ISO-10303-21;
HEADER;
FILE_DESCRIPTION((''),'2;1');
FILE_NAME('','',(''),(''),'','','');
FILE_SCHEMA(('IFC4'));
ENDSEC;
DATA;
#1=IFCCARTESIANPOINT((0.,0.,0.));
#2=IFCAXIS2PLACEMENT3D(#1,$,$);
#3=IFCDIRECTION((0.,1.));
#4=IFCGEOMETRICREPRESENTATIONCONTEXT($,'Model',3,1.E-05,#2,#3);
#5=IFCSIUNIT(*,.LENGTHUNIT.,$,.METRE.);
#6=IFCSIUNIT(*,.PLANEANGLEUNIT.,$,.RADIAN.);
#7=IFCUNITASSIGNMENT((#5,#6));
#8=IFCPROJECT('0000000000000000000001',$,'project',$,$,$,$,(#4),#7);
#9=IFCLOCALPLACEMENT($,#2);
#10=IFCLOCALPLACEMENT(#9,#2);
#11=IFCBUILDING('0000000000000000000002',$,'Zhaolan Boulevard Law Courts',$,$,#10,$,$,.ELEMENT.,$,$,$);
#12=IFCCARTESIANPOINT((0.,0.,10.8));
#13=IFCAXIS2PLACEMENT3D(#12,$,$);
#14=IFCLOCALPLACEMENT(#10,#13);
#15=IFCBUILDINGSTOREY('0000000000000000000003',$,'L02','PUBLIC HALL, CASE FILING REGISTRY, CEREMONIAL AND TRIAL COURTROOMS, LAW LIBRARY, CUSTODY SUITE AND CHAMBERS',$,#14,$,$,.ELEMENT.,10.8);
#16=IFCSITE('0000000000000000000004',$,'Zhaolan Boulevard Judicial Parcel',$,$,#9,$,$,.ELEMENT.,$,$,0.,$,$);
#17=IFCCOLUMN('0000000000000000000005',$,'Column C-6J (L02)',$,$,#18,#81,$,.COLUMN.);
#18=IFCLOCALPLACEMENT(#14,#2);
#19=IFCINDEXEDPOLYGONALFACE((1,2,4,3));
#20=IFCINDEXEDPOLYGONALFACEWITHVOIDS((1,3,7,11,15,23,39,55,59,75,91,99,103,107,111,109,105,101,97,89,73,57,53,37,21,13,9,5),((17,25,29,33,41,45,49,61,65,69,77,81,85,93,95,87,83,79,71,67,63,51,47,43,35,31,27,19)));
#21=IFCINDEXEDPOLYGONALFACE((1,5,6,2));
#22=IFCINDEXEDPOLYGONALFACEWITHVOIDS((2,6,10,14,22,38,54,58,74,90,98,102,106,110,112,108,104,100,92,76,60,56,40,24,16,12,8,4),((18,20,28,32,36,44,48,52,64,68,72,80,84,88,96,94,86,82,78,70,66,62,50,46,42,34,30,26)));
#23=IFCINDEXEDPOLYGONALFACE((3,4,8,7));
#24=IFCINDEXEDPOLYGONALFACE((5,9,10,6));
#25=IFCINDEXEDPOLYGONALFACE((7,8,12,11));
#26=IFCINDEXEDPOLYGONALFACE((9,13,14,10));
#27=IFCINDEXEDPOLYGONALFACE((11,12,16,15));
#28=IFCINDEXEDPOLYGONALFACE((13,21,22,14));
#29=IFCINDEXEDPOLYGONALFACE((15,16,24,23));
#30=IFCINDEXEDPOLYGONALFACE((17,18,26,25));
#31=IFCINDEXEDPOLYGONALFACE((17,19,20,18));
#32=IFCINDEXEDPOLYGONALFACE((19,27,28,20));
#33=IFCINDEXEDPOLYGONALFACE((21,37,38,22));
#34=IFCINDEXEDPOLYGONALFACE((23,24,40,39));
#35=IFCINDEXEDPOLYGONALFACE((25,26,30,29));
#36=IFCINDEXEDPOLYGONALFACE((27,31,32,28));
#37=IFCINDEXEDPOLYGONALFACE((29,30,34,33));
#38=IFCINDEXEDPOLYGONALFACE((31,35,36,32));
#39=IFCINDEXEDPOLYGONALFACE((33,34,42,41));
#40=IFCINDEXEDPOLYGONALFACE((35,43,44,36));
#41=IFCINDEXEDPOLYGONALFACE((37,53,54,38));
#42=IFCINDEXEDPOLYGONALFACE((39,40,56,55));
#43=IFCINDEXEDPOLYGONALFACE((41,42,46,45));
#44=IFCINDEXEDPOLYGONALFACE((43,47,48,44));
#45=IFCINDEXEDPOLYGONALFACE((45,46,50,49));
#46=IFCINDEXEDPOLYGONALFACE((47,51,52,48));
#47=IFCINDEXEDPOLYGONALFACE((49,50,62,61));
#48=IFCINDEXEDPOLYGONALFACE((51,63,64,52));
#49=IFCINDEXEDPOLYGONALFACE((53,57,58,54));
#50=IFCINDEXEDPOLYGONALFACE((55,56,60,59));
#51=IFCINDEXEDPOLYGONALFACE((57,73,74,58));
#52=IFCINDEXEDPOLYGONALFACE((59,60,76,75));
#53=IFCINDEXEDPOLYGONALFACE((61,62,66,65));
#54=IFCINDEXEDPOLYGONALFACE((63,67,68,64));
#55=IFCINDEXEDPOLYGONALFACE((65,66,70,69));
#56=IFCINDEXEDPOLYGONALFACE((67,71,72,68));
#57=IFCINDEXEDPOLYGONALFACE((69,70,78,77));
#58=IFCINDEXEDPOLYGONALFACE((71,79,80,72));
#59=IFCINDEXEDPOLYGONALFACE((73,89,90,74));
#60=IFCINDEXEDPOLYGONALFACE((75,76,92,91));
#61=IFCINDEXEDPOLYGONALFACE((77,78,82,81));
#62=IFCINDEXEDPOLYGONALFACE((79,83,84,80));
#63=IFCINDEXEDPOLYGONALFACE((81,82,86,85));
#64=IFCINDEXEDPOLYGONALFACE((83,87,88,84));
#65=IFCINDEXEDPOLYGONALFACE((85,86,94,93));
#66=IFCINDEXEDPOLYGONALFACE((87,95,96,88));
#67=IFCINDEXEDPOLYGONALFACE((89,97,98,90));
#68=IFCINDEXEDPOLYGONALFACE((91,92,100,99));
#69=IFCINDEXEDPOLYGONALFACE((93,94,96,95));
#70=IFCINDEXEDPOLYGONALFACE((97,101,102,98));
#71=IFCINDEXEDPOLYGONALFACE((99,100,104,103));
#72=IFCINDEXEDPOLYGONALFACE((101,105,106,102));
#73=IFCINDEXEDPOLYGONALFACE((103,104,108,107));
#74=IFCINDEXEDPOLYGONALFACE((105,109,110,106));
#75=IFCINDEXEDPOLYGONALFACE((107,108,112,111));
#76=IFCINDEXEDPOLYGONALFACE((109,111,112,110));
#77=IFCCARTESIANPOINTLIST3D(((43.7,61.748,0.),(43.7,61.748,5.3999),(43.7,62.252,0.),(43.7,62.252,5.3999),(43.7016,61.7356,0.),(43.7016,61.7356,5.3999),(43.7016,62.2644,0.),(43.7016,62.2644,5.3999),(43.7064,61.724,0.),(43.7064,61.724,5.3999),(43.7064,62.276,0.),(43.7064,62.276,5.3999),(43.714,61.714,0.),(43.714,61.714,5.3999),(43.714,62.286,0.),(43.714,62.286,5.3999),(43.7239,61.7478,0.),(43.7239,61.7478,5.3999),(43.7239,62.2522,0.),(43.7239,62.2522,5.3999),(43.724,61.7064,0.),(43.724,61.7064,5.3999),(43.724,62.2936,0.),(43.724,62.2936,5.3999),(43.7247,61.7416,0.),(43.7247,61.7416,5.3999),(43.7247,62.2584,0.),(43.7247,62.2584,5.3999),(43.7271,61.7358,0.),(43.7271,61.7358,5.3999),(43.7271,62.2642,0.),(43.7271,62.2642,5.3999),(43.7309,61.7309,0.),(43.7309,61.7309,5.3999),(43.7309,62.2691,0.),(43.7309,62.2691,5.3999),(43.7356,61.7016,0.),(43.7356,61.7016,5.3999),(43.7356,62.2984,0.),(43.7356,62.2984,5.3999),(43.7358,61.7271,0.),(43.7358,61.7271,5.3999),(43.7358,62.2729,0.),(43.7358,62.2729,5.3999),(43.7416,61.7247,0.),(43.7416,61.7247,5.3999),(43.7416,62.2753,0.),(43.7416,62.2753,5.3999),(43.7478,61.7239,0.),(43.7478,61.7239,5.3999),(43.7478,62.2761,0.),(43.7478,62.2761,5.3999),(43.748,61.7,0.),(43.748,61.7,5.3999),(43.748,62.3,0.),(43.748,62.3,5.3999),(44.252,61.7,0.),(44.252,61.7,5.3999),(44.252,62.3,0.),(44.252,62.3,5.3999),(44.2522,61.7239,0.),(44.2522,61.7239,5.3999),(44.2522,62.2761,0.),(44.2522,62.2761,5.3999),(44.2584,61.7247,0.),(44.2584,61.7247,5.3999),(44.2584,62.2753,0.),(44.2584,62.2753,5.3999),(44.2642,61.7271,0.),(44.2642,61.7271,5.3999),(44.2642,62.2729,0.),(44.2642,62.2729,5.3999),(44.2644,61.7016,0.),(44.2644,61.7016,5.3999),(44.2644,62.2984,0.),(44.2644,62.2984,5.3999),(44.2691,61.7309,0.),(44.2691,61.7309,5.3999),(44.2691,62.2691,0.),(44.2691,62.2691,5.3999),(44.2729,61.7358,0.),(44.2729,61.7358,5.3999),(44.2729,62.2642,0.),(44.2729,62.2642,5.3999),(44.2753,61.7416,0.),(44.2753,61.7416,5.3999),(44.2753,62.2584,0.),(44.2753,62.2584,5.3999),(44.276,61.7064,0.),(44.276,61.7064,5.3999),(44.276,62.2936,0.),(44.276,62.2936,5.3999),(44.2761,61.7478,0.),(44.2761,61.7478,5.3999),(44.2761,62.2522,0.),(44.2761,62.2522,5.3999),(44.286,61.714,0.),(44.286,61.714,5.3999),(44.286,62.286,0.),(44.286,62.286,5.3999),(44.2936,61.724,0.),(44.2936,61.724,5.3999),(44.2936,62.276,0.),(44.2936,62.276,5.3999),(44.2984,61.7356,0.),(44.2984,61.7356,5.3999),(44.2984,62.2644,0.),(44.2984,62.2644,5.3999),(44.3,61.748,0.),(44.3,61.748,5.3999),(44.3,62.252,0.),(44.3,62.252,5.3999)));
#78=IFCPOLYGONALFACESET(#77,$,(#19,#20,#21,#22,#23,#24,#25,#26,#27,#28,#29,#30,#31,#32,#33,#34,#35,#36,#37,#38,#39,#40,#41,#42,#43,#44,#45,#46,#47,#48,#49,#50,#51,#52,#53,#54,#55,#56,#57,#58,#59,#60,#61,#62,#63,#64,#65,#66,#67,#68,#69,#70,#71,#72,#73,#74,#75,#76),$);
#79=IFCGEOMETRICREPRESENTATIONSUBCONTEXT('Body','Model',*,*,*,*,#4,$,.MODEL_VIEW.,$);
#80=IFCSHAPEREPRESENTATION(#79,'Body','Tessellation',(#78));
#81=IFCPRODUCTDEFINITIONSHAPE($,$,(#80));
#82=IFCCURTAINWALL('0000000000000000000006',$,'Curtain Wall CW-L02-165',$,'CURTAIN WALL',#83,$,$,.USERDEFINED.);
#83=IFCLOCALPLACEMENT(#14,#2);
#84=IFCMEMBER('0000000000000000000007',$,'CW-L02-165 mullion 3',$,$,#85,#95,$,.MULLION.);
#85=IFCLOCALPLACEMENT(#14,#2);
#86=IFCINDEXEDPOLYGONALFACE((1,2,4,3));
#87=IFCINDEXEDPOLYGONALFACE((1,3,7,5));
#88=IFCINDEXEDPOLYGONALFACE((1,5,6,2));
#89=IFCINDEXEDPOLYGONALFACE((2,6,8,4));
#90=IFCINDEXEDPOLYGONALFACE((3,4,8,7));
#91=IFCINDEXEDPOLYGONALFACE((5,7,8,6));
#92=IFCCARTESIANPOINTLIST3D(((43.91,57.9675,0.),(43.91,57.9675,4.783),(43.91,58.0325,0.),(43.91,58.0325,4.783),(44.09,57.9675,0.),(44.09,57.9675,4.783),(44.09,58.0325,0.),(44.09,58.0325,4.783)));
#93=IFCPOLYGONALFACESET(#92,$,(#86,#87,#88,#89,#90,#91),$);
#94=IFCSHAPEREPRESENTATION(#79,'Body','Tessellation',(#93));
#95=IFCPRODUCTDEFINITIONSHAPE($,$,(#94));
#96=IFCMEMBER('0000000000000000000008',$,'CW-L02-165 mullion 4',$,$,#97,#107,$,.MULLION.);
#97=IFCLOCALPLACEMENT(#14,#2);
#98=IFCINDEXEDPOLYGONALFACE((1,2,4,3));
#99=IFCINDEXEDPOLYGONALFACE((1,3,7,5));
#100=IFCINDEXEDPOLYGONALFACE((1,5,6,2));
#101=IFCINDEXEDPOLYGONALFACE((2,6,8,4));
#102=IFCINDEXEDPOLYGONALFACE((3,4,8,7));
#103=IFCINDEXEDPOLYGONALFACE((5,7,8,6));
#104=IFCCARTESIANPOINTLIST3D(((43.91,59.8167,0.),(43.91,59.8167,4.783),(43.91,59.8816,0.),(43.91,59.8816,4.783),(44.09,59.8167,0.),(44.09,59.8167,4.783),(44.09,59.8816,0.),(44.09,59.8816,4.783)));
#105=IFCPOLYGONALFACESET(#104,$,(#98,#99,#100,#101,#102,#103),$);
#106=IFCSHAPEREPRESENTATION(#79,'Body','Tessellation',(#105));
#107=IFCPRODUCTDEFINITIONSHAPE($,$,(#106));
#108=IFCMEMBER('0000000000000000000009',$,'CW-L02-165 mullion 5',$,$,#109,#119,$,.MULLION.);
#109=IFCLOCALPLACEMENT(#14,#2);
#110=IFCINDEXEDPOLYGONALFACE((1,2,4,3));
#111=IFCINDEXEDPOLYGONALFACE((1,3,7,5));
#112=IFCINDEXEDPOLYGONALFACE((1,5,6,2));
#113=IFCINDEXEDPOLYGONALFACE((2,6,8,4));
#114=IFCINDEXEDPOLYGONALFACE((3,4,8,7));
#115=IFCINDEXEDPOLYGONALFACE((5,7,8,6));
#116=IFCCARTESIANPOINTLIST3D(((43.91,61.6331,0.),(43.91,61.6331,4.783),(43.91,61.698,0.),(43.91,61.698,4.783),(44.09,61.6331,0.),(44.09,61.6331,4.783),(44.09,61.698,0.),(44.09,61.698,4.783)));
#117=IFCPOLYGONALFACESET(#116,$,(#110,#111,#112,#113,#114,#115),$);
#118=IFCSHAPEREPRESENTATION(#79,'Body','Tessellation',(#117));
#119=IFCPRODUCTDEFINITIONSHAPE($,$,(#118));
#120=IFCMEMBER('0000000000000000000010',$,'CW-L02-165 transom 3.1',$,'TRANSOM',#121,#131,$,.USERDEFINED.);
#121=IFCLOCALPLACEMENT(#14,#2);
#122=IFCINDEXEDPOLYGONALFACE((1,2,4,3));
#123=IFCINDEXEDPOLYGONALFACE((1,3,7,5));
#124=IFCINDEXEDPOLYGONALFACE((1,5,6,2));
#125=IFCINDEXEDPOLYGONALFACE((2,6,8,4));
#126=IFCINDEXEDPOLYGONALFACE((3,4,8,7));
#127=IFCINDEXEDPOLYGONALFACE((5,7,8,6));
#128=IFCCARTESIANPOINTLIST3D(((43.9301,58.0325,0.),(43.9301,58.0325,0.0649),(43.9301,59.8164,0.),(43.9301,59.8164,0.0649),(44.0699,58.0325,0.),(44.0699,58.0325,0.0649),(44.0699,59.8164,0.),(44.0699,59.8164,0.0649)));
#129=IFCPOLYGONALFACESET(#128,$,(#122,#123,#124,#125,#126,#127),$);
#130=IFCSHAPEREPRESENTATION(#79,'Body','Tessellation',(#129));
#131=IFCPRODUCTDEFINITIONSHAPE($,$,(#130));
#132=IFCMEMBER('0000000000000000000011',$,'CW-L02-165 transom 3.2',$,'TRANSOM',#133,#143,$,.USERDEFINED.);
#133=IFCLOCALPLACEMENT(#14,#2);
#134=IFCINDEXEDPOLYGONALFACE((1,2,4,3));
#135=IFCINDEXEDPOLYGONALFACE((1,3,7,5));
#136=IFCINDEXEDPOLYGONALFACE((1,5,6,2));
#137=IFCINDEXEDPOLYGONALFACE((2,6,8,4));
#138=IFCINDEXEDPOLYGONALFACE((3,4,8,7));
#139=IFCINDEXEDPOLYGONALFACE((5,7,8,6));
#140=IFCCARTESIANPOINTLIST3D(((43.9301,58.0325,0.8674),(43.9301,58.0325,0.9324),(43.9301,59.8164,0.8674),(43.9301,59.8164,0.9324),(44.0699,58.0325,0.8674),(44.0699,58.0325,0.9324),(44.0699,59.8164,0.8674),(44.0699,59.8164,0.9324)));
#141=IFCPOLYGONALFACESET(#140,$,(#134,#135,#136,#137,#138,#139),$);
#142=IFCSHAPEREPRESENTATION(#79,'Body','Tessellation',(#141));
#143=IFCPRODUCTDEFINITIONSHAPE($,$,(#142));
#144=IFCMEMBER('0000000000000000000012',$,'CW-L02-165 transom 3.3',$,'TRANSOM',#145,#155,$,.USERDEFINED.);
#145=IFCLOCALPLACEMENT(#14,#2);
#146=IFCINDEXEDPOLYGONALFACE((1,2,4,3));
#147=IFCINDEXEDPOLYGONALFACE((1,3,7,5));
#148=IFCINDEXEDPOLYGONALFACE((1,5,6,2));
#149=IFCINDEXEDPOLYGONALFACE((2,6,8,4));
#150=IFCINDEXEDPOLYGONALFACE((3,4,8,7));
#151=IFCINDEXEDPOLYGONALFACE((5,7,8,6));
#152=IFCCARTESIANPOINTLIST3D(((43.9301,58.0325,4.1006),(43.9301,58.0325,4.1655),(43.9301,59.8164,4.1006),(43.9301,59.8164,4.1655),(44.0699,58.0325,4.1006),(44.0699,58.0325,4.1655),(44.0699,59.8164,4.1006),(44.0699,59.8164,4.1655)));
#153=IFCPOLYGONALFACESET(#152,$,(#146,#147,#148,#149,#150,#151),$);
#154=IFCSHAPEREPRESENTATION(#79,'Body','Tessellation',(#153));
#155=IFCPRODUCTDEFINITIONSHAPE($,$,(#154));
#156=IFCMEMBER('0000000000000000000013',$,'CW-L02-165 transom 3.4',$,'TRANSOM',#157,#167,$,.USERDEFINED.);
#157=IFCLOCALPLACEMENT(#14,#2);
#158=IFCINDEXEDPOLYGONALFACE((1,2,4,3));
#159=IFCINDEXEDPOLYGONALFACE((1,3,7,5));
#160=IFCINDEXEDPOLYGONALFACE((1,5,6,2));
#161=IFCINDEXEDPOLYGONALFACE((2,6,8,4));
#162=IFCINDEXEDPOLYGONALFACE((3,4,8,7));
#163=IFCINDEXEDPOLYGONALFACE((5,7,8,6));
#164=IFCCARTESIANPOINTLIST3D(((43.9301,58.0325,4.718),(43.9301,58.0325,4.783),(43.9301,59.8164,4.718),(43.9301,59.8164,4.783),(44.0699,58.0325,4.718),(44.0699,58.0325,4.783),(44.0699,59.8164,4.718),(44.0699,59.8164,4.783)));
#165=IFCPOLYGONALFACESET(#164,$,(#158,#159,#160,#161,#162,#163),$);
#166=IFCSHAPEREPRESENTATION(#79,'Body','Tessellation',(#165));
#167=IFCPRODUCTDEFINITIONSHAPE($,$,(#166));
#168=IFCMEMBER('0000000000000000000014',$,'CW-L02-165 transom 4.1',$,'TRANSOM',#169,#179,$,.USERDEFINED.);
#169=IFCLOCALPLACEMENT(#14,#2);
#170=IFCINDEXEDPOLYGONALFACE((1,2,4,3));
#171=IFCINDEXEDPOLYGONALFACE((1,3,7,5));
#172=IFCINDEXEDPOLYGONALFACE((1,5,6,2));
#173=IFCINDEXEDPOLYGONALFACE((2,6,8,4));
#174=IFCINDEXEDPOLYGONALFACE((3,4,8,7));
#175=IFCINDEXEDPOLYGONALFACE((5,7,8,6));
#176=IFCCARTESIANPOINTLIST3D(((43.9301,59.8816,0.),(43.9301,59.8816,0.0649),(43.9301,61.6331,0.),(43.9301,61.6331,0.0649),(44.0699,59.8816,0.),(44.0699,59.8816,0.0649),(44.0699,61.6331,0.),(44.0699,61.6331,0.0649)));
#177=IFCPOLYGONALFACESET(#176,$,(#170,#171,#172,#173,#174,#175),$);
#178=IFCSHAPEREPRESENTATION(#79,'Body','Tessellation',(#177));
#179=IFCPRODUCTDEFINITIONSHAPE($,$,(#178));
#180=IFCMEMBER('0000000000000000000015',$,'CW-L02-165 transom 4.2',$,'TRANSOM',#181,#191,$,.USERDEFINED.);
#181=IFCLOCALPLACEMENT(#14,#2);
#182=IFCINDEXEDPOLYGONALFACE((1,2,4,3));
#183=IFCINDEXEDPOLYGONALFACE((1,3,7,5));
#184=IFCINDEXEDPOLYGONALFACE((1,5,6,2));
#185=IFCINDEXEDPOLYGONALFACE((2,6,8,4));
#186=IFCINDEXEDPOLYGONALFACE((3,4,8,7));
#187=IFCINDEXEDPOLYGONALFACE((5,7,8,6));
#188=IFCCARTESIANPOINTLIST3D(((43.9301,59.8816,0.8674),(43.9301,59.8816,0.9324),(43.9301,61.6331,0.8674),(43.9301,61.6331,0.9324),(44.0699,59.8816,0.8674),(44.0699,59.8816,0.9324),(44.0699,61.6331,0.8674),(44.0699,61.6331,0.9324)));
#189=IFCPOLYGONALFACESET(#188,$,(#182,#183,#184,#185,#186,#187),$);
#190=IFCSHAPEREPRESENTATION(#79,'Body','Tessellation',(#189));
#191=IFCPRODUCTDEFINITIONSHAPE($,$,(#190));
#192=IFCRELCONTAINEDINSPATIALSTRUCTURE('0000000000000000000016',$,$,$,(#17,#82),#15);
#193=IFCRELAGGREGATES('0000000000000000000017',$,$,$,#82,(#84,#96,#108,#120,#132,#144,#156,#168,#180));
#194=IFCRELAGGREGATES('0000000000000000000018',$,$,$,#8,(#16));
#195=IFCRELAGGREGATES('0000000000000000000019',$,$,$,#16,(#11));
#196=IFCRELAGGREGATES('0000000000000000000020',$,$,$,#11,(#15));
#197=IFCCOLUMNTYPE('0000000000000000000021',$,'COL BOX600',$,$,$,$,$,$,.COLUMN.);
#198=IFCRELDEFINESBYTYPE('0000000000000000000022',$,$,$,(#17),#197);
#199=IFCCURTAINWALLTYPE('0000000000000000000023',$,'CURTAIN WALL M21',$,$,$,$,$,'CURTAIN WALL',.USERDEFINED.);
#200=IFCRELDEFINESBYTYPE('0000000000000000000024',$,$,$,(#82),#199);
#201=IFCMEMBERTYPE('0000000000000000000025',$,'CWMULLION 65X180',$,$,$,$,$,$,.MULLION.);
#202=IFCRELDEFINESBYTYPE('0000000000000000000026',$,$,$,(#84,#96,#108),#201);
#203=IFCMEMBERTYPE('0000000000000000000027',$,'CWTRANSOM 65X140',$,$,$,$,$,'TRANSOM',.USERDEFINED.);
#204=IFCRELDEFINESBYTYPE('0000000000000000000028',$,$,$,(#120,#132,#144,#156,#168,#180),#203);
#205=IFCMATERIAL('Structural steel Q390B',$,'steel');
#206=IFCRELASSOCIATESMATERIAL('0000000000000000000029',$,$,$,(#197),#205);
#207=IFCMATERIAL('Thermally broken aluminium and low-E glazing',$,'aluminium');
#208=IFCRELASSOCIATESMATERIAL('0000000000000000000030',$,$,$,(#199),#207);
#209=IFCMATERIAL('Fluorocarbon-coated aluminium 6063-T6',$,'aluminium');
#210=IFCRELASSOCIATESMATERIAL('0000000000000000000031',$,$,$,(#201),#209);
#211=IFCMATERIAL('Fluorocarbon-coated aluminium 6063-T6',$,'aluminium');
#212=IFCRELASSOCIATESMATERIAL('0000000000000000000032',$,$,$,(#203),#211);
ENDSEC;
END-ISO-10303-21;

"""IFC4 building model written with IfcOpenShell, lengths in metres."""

from ifc_helpers import new_model, si_unit, direction, frame, origin, origin_2d, place, context, subcontext, project, spatial, rectangle, hollow_rectangle, extrude, material, material_profile, profile_set, type_object, element, aggregate, save


model = new_model("IFC4")

# Units and contexts
model_context = context("Model", 3, precision=1e-05, world=origin(), true_north=direction((0.0, 1.0)))
body_context = subcontext(model_context, "Body", "Model", "MODEL_VIEW")
ifc_project = project(units=[si_unit("LENGTHUNIT", "METRE"), si_unit("PLANEANGLEUNIT", "RADIAN")], contexts=[model_context])

# Site, building, storey
site_placement = place(None, origin())
site = spatial("IfcSite", under=ifc_project, at=site_placement, Name="Zhaolan Boulevard Judicial Parcel", CompositionType="ELEMENT", RefElevation=0.0)
building_placement = place(site_placement, origin())
building = spatial("IfcBuilding", under=site, at=building_placement, Name="Zhaolan Boulevard Law Courts", CompositionType="ELEMENT")
storey_placement = place(building_placement, frame((0.0, 0.0, 10.8)))
storey = spatial("IfcBuildingStorey", under=building, at=storey_placement, Name="L02", Description="PUBLIC HALL, CASE FILING REGISTRY, CEREMONIAL AND TRIAL COURTROOMS, LAW LIBRARY, CUSTODY SUITE AND CHAMBERS", CompositionType="ELEMENT", Elevation=10.8)

# Column
ifc_material_1 = material(Name="Structural steel Q390B", Category="steel")
ifc_material_profile_1 = material_profile(ifc_material_1, hollow_rectangle(XDim=0.6001, YDim=0.6001, WallThickness=0.0239, InnerFilletRadius=0.0239, OuterFilletRadius=0.0481, at=origin_2d()), Name="BOX600x600x24")
ifc_profile_set_1 = profile_set([ifc_material_profile_1], Name="Structural steel Q390B")
column_type = type_object("IfcColumnType", Name="COL BOX600", PredefinedType="COLUMN", material=ifc_profile_set_1)
column_placement = place(storey_placement, frame((44.0, 62.0, 0.0), z_axis=(0.0, 0.0, 1.0), x_axis=(1.0, 0.0, 0.0)))
element("IfcColumn", 1, at=column_placement, inside=storey, type_object=column_type, Name="Column C-6J (L02)", PredefinedType="COLUMN", context=body_context, shape_type="SweptSolid", body=[
    extrude(hollow_rectangle(XDim=0.6001, YDim=0.6001, WallThickness=0.0239, InnerFilletRadius=0.0239, OuterFilletRadius=0.0481, at=origin_2d()), origin(), (0.0, 0.0, 1.0), 5.3999),
])

# Curtain wall, members
ifc_material_2 = material(Name="Thermally broken aluminium and low-E glazing", Category="aluminium")
curtain_wall_type = type_object("IfcCurtainWallType", Name="CURTAIN WALL M21", ElementType="CURTAIN WALL", PredefinedType="USERDEFINED", material=ifc_material_2)
curtain_wall_placement = place(storey_placement, origin())
curtain_wall = element("IfcCurtainWall", 2, at=curtain_wall_placement, inside=storey, type_object=curtain_wall_type, Name="Curtain Wall CW-L02-165", ObjectType="CURTAIN WALL", PredefinedType="USERDEFINED")
ifc_material_3 = material(Name="Fluorocarbon-coated aluminium 6063-T6", Category="aluminium")
ifc_material_profile_2 = material_profile(ifc_material_3, rectangle(XDim=0.1799, YDim=0.0649, at=origin_2d()), Name="AL65x180")
ifc_profile_set_2 = profile_set([ifc_material_profile_2], Name="Fluorocarbon-coated aluminium 6063-T6")
member_type_1 = type_object("IfcMemberType", Name="CWMULLION 65X180", PredefinedType="MULLION", material=ifc_profile_set_2)
member_1_placement = place(storey_placement, frame((44.0, 58.0, 0.0), z_axis=(0.0, 0.0, 1.0), x_axis=(-1.0, 0.0, 0.0)))
member_1 = element("IfcMember", 3, at=member_1_placement, type_object=member_type_1, Name="CW-L02-165 mullion 3", PredefinedType="MULLION", context=body_context, shape_type="SweptSolid", body=[
    extrude(rectangle(XDim=0.1799, YDim=0.0649, at=origin_2d()), origin(), (0.0, 0.0, 1.0), 4.783),
])
member_2_placement = place(storey_placement, frame((44.0, 59.8491, 0.0), z_axis=(0.0, 0.0, 1.0), x_axis=(-1.0, 0.0, 0.0)))
member_2 = element("IfcMember", 4, at=member_2_placement, type_object=member_type_1, Name="CW-L02-165 mullion 4", PredefinedType="MULLION", context=body_context, shape_type="SweptSolid", body=[
    extrude(rectangle(XDim=0.1799, YDim=0.0649, at=origin_2d()), origin(), (0.0, 0.0, 1.0), 4.783),
])
member_3_placement = place(storey_placement, frame((44.0, 61.6655, 0.0), z_axis=(0.0, 0.0, 1.0), x_axis=(-1.0, 0.0, 0.0)))
member_3 = element("IfcMember", 5, at=member_3_placement, type_object=member_type_1, Name="CW-L02-165 mullion 5", PredefinedType="MULLION", context=body_context, shape_type="SweptSolid", body=[
    extrude(rectangle(XDim=0.1799, YDim=0.0649, at=origin_2d()), origin(), (0.0, 0.0, 1.0), 4.783),
])
ifc_material_4 = material(Name="Fluorocarbon-coated aluminium 6063-T6", Category="aluminium")
ifc_material_profile_3 = material_profile(ifc_material_4, rectangle(XDim=0.1399, YDim=0.0649, at=origin_2d()), Name="AL65x140")
ifc_profile_set_3 = profile_set([ifc_material_profile_3], Name="Fluorocarbon-coated aluminium 6063-T6")
member_type_2 = type_object("IfcMemberType", Name="CWTRANSOM 65X140", ElementType="TRANSOM", PredefinedType="USERDEFINED", material=ifc_profile_set_3)
member_4_placement = place(storey_placement, frame((44.0, 58.0325, 0.0325), z_axis=(0.0, 1.0, 0.0), x_axis=(-1.0, 0.0, 0.0)))
member_4 = element("IfcMember", 6, at=member_4_placement, type_object=member_type_2, Name="CW-L02-165 transom 3.1", ObjectType="TRANSOM", PredefinedType="USERDEFINED", context=body_context, shape_type="SweptSolid", body=[
    extrude(rectangle(XDim=0.1399, YDim=0.0649, at=origin_2d()), origin(), (0.0, 0.0, 1.0), 1.7839),
])
member_5_placement = place(storey_placement, frame((44.0, 58.0325, 0.8999), z_axis=(0.0, 1.0, 0.0), x_axis=(-1.0, 0.0, 0.0)))
member_5 = element("IfcMember", 7, at=member_5_placement, type_object=member_type_2, Name="CW-L02-165 transom 3.2", ObjectType="TRANSOM", PredefinedType="USERDEFINED", context=body_context, shape_type="SweptSolid", body=[
    extrude(rectangle(XDim=0.1399, YDim=0.0649, at=origin_2d()), origin(), (0.0, 0.0, 1.0), 1.7839),
])
member_6_placement = place(storey_placement, frame((44.0, 58.0325, 4.1331), z_axis=(0.0, 1.0, 0.0), x_axis=(-1.0, 0.0, 0.0)))
member_6 = element("IfcMember", 8, at=member_6_placement, type_object=member_type_2, Name="CW-L02-165 transom 3.3", ObjectType="TRANSOM", PredefinedType="USERDEFINED", context=body_context, shape_type="SweptSolid", body=[
    extrude(rectangle(XDim=0.1399, YDim=0.0649, at=origin_2d()), origin(), (0.0, 0.0, 1.0), 1.7839),
])
member_7_placement = place(storey_placement, frame((44.0, 58.0325, 4.7505), z_axis=(0.0, 1.0, 0.0), x_axis=(-1.0, 0.0, 0.0)))
member_7 = element("IfcMember", 9, at=member_7_placement, type_object=member_type_2, Name="CW-L02-165 transom 3.4", ObjectType="TRANSOM", PredefinedType="USERDEFINED", context=body_context, shape_type="SweptSolid", body=[
    extrude(rectangle(XDim=0.1399, YDim=0.0649, at=origin_2d()), origin(), (0.0, 0.0, 1.0), 1.7839),
])
member_8_placement = place(storey_placement, frame((44.0, 59.8816, 0.0325), z_axis=(0.0, 1.0, 0.0), x_axis=(-1.0, 0.0, 0.0)))
member_8 = element("IfcMember", 10, at=member_8_placement, type_object=member_type_2, Name="CW-L02-165 transom 4.1", ObjectType="TRANSOM", PredefinedType="USERDEFINED", context=body_context, shape_type="SweptSolid", body=[
    extrude(rectangle(XDim=0.1399, YDim=0.0649, at=origin_2d()), origin(), (0.0, 0.0, 1.0), 1.7515),
])
member_9_placement = place(storey_placement, frame((44.0, 59.8816, 0.8999), z_axis=(0.0, 1.0, 0.0), x_axis=(-1.0, 0.0, 0.0)))
member_9 = element("IfcMember", 11, at=member_9_placement, type_object=member_type_2, Name="CW-L02-165 transom 4.2", ObjectType="TRANSOM", PredefinedType="USERDEFINED", context=body_context, shape_type="SweptSolid", body=[
    extrude(rectangle(XDim=0.1399, YDim=0.0649, at=origin_2d()), origin(), (0.0, 0.0, 1.0), 1.7515),
])
aggregate(curtain_wall, [member_1, member_2, member_3, member_4, member_5, member_6, member_7, member_8, member_9])

save(model, "model.ifc")
